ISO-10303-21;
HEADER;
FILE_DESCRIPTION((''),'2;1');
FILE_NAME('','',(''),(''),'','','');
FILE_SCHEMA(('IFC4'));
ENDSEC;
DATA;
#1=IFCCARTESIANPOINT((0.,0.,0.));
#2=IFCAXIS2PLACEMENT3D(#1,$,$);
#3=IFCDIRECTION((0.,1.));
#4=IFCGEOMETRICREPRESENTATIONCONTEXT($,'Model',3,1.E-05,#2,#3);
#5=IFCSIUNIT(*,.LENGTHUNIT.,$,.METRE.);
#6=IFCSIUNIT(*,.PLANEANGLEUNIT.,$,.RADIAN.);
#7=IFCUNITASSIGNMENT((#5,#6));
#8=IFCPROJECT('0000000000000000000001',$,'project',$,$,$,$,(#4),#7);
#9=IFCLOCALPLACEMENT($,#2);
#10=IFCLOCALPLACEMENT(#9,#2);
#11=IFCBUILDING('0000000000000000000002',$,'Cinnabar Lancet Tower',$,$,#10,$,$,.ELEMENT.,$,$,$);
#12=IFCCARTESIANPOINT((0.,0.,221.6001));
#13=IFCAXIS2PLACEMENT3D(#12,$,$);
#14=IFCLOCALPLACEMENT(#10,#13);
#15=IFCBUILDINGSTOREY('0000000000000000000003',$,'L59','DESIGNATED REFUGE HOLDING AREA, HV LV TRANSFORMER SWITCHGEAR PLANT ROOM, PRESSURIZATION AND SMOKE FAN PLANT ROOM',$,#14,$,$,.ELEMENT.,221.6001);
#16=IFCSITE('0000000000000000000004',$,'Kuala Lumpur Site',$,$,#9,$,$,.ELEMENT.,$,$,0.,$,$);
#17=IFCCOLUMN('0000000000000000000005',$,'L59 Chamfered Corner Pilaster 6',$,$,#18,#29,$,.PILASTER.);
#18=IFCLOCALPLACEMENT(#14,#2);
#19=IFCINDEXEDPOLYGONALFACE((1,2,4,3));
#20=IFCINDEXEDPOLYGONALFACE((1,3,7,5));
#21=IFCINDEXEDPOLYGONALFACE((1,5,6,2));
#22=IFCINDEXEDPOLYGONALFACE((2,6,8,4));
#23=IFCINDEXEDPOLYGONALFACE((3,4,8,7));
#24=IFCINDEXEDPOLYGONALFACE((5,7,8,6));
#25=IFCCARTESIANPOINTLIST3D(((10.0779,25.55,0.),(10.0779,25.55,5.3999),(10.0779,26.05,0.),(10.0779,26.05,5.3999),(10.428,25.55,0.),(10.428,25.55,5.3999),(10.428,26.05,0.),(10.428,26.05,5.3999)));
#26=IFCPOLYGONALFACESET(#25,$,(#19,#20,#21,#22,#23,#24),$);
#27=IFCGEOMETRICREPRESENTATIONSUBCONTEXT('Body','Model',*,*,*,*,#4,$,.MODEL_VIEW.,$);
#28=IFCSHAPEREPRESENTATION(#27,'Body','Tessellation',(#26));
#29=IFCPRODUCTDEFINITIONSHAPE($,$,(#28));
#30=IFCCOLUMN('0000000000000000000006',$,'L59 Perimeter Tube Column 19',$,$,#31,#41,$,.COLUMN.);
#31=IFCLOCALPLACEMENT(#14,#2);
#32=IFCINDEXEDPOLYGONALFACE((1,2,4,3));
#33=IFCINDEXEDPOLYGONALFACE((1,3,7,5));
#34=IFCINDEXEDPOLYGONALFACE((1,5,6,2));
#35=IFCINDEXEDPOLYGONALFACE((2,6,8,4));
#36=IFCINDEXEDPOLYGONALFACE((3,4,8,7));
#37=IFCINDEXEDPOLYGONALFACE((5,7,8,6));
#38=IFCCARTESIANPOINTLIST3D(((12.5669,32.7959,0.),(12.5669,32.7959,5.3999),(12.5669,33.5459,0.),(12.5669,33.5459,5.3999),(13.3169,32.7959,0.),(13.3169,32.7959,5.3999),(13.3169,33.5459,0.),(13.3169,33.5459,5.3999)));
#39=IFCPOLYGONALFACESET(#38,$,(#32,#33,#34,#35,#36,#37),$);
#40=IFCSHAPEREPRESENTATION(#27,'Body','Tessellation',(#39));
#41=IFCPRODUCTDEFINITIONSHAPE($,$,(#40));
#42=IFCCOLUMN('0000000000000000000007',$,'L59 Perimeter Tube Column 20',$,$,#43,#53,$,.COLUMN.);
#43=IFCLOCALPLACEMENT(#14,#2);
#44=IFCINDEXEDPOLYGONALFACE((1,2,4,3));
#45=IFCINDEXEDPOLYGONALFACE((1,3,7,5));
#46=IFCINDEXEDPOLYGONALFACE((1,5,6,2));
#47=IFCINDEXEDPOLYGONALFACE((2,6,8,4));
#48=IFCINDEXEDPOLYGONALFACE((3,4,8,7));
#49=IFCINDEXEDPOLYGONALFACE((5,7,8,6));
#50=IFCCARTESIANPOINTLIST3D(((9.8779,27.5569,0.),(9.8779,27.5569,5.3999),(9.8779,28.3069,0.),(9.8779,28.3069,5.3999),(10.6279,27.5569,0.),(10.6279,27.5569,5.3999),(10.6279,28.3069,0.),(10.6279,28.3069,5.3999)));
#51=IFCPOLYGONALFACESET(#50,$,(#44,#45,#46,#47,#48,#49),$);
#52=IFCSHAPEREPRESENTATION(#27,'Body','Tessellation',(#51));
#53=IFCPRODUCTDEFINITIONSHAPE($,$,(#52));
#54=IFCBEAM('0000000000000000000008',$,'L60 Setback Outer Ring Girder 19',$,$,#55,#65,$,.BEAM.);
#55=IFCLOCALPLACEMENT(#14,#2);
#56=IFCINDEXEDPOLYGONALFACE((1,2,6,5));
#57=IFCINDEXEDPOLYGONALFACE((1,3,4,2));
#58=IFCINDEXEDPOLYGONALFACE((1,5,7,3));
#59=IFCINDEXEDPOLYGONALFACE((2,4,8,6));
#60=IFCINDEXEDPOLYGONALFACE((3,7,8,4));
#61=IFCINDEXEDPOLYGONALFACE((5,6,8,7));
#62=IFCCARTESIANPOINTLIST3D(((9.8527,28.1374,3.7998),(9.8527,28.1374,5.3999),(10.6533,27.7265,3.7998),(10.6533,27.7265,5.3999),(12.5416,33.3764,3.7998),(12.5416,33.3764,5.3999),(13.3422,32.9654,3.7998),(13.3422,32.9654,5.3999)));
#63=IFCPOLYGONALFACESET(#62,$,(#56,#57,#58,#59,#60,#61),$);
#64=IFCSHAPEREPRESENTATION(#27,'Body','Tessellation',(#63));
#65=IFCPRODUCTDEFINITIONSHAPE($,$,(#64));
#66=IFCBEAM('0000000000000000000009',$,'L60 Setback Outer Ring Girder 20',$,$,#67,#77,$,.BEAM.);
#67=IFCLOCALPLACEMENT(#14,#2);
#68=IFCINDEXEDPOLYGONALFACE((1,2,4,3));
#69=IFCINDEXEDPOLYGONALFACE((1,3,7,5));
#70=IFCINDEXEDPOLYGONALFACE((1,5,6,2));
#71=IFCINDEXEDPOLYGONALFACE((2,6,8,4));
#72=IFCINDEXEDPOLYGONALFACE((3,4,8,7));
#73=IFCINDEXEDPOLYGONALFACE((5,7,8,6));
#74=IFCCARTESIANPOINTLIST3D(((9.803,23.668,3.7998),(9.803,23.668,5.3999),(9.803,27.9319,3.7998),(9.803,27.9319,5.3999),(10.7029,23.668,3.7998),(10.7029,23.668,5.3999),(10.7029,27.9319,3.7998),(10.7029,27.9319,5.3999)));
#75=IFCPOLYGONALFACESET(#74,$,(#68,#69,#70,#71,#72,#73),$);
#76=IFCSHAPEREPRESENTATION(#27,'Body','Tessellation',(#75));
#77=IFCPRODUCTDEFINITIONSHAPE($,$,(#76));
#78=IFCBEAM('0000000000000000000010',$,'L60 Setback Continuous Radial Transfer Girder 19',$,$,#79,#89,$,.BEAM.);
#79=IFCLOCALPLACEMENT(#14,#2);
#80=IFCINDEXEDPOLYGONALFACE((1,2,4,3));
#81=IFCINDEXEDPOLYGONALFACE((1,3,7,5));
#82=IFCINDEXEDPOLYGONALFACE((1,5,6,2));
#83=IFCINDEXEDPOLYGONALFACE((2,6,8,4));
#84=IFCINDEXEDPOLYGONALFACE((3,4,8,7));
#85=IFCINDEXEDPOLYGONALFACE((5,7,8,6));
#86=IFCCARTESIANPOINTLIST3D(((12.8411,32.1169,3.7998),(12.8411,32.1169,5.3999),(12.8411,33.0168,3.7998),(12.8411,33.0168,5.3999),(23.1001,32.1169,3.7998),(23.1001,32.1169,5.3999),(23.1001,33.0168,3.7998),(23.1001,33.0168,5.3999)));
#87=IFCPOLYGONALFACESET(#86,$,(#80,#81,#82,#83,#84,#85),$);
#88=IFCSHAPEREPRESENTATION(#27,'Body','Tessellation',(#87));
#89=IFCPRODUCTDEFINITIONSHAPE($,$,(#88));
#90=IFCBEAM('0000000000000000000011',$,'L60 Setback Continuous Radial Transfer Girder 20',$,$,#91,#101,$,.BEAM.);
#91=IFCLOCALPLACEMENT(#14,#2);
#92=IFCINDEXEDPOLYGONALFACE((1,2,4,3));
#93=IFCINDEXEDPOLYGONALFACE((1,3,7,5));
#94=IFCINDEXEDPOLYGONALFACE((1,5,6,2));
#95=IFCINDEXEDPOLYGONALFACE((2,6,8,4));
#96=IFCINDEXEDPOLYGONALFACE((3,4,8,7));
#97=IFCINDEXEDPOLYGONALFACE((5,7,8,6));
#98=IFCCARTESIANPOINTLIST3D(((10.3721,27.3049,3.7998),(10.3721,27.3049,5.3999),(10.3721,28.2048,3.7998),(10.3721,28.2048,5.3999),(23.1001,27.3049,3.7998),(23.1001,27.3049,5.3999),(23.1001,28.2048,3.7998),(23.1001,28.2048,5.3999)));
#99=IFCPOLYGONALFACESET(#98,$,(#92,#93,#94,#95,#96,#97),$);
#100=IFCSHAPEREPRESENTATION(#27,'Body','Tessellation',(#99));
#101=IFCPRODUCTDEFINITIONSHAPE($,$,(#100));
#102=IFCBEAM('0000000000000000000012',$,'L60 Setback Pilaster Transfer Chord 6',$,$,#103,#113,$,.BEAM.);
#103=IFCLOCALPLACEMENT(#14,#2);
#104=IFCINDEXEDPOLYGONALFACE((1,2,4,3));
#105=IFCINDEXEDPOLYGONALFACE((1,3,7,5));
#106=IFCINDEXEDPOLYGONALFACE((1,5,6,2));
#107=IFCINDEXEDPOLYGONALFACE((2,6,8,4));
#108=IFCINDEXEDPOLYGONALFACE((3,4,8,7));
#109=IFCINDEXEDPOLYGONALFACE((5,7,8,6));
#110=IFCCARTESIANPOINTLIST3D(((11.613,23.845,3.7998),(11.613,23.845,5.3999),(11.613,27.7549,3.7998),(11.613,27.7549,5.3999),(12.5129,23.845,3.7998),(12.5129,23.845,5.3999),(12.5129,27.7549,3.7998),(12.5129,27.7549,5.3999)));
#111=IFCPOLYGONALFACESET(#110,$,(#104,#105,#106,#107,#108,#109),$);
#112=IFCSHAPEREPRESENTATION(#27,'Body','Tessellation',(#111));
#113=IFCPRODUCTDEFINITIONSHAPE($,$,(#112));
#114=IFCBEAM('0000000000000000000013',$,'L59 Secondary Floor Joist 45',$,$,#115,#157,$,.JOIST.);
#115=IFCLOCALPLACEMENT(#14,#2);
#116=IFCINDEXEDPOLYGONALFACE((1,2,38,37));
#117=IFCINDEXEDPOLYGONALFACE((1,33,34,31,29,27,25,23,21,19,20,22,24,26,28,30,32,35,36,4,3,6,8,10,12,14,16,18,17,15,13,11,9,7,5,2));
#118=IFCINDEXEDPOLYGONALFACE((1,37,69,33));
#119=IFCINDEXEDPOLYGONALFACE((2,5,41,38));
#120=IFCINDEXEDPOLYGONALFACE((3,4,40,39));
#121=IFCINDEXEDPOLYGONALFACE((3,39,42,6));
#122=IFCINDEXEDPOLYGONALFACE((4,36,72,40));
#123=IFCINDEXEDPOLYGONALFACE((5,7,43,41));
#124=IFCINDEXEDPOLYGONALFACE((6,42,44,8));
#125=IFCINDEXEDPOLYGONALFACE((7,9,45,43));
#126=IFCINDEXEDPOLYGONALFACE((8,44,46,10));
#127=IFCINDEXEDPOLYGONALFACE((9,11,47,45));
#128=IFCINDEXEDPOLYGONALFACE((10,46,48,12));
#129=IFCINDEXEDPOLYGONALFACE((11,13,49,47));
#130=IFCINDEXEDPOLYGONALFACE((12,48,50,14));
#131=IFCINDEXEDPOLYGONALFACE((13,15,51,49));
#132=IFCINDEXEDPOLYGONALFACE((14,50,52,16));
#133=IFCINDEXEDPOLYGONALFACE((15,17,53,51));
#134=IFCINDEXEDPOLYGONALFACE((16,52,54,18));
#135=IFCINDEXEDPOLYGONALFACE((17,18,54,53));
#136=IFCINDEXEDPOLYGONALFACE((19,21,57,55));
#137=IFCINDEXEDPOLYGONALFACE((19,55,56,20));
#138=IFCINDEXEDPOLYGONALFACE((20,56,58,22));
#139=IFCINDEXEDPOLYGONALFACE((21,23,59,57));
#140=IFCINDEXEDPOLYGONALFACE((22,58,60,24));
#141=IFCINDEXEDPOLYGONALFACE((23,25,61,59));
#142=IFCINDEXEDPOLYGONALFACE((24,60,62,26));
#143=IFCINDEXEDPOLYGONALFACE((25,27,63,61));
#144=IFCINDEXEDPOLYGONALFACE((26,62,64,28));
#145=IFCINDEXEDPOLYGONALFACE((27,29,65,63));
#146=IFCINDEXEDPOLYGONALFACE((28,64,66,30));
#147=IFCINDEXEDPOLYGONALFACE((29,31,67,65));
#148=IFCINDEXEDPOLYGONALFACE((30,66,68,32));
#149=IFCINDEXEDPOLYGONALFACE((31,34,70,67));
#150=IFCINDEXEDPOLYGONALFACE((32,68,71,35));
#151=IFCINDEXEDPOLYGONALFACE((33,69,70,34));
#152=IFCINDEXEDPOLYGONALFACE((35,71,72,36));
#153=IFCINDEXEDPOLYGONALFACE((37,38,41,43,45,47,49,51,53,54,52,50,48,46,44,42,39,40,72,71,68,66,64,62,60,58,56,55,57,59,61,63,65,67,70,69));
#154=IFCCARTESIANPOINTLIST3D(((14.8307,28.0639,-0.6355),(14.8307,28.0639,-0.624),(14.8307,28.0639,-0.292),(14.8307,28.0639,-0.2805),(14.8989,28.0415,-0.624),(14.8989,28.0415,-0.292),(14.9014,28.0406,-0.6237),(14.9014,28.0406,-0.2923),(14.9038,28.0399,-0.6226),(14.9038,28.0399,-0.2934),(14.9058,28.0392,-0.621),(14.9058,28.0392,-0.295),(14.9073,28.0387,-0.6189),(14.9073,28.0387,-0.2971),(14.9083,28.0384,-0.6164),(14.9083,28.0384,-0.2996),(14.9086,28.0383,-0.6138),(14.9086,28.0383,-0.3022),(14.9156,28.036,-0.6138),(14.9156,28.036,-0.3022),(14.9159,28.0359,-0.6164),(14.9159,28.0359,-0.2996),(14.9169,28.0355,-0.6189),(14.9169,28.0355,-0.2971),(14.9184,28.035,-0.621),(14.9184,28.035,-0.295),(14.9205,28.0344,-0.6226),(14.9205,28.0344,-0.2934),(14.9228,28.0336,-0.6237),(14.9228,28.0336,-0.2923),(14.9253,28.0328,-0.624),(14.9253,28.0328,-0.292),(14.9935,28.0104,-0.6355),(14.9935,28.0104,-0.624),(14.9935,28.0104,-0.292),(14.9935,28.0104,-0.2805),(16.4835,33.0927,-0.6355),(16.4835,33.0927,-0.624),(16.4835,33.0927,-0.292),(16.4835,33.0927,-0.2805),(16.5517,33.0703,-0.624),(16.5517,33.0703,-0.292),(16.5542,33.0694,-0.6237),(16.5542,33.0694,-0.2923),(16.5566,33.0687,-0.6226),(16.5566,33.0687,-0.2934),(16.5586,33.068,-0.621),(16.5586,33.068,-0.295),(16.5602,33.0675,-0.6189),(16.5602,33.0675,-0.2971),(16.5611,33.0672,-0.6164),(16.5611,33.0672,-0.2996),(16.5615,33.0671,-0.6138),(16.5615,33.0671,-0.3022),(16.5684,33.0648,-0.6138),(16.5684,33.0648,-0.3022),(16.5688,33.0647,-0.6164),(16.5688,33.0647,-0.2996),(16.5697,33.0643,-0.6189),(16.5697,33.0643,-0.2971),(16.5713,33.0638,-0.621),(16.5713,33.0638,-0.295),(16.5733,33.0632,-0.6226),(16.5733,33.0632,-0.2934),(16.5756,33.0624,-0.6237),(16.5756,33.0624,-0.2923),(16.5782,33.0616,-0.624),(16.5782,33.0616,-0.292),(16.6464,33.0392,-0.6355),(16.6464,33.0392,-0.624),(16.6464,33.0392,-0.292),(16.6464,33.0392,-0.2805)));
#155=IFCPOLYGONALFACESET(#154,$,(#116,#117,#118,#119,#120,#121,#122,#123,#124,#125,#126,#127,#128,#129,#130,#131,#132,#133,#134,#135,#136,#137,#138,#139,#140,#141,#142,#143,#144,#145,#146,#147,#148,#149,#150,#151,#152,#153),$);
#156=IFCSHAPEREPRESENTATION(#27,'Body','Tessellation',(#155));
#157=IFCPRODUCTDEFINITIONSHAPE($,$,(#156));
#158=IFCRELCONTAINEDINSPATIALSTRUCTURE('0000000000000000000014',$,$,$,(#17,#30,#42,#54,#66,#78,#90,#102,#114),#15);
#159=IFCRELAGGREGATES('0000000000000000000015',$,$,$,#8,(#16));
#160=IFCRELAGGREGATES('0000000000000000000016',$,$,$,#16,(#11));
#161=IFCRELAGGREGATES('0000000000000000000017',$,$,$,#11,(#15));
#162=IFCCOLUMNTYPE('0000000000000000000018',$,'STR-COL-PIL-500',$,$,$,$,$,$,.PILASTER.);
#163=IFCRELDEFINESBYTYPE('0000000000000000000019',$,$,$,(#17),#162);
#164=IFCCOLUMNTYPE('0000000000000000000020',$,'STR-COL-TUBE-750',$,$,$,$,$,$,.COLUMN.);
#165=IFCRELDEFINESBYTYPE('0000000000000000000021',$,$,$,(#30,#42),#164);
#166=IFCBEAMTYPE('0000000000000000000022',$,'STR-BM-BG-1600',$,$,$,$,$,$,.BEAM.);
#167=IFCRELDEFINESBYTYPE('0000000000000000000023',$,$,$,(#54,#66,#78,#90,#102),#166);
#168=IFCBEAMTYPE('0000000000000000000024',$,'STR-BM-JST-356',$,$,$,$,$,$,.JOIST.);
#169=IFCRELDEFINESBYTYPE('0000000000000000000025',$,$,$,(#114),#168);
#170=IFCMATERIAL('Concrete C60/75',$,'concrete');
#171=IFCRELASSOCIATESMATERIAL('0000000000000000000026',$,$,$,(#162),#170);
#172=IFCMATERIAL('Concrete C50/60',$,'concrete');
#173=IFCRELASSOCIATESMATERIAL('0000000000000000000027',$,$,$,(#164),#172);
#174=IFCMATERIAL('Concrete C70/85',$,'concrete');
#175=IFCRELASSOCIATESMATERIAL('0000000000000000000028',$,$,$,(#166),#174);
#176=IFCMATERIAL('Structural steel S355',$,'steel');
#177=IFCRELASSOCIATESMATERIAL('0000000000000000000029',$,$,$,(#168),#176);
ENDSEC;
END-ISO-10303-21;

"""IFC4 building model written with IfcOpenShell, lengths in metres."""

from ifc_helpers import new_model, si_unit, direction, frame, origin, origin_2d, place, context, subcontext, project, spatial, rectangle, i_section, extrude, material, material_profile, profile_set, type_object, element, save


model = new_model("IFC4")

# Units and contexts
model_context = context("Model", 3, precision=1e-05, world=origin(), true_north=direction((0.0, 1.0)))
body_context = subcontext(model_context, "Body", "Model", "MODEL_VIEW")
ifc_project = project(units=[si_unit("LENGTHUNIT", "METRE"), si_unit("PLANEANGLEUNIT", "RADIAN")], contexts=[model_context])

# Site, building, storey
site_placement = place(None, origin())
site = spatial("IfcSite", under=ifc_project, at=site_placement, Name="Kuala Lumpur Site", CompositionType="ELEMENT", RefElevation=0.0)
building_placement = place(site_placement, origin())
building = spatial("IfcBuilding", under=site, at=building_placement, Name="Cinnabar Lancet Tower", CompositionType="ELEMENT")
storey_placement = place(building_placement, frame((0.0, 0.0, 221.6001)))
storey = spatial("IfcBuildingStorey", under=building, at=storey_placement, Name="L59", Description="DESIGNATED REFUGE HOLDING AREA, HV LV TRANSFORMER SWITCHGEAR PLANT ROOM, PRESSURIZATION AND SMOKE FAN PLANT ROOM", CompositionType="ELEMENT", Elevation=221.6001)

# Columns
ifc_material_1 = material(Name="Concrete C60/75", Category="concrete")
ifc_material_profile_1 = material_profile(ifc_material_1, rectangle(XDim=0.5, YDim=0.3501, at=origin_2d()), Name="RC-PIL 500x350")
ifc_profile_set_1 = profile_set([ifc_material_profile_1], Name="Concrete C60/75")
column_type_1 = type_object("IfcColumnType", Name="STR-COL-PIL-500", PredefinedType="PILASTER", material=ifc_profile_set_1)
column_placement = place(storey_placement, frame((10.2529, 25.8, 0.0), z_axis=(0.0, 0.0, 1.0), x_axis=(0.0, -1.0, 0.0)))
element("IfcColumn", 1, at=column_placement, inside=storey, type_object=column_type_1, Name="L59 Chamfered Corner Pilaster 6", PredefinedType="PILASTER", context=body_context, shape_type="SweptSolid", body=[
    extrude(rectangle(XDim=0.5, YDim=0.3501, at=origin_2d()), origin(), (0.0, 0.0, 1.0), 5.3999),
])
ifc_material_2 = material(Name="Concrete C50/60", Category="concrete")
ifc_material_profile_2 = material_profile(ifc_material_2, rectangle(XDim=0.75, YDim=0.75, at=origin_2d()), Name="RC-COL 750x750")
ifc_profile_set_2 = profile_set([ifc_material_profile_2], Name="Concrete C50/60")
column_type_2 = type_object("IfcColumnType", Name="STR-COL-TUBE-750", PredefinedType="COLUMN", material=ifc_profile_set_2)
for number, where, z_axis, x_axis, name in (
    (2, (12.9419, 33.1709, 0.0), (0.0, 0.0, 1.0), (1.0, 0.0, 0.0), "L59 Perimeter Tube Column 19"),
    (3, (10.2529, 27.9319, 0.0), (0.0, 0.0, 1.0), (1.0, 0.0, 0.0), "L59 Perimeter Tube Column 20"),
):
    element("IfcColumn", number, at=place(storey_placement, frame(where, z_axis=z_axis, x_axis=x_axis)), inside=storey, type_object=column_type_2, Name=name, PredefinedType="COLUMN", context=body_context, shape_type="SweptSolid", body=[
        extrude(rectangle(XDim=0.75, YDim=0.75, at=origin_2d()), origin(), (0.0, 0.0, 1.0), 5.3999),
    ])

# Beams
ifc_material_3 = material(Name="Concrete C70/85", Category="concrete")
ifc_material_profile_3 = material_profile(ifc_material_3, rectangle(XDim=0.8999, YDim=1.6001, at=origin_2d()), Name="RC-BG 900x1600")
ifc_profile_set_3 = profile_set([ifc_material_profile_3], Name="Concrete C70/85")
beam_type_1 = type_object("IfcBeamType", Name="STR-BM-BG-1600", PredefinedType="BEAM", material=ifc_profile_set_3)
beam_1_placement = place(storey_placement, frame((12.9419, 33.1709, 4.5999), z_axis=(-0.456625, -0.889659, 0.0), x_axis=(0.889659, -0.456625, 0.0)))
element("IfcBeam", 4, at=beam_1_placement, inside=storey, type_object=beam_type_1, Name="L60 Setback Outer Ring Girder 19", PredefinedType="BEAM", context=body_context, shape_type="SweptSolid", body=[
    extrude(rectangle(XDim=0.8999, YDim=1.6001, at=origin_2d()), origin(), (0.0, 0.0, 1.0), 5.8887),
])
beam_2_placement = place(storey_placement, frame((10.2529, 27.9319, 4.5999), z_axis=(0.0, -1.0, 0.0), x_axis=(1.0, 0.0, 0.0)))
element("IfcBeam", 5, at=beam_2_placement, inside=storey, type_object=beam_type_1, Name="L60 Setback Outer Ring Girder 20", PredefinedType="BEAM", context=body_context, shape_type="SweptSolid", body=[
    extrude(rectangle(XDim=0.8999, YDim=1.6001, at=origin_2d()), origin(), (0.0, 0.0, 1.0), 4.2639),
])
beam_3_placement = place(storey_placement, frame((12.8411, 32.5669, 4.5999), z_axis=(1.0, 0.0, 0.0), x_axis=(0.0, 1.0, 0.0)))
element("IfcBeam", 6, at=beam_3_placement, inside=storey, type_object=beam_type_1, Name="L60 Setback Continuous Radial Transfer Girder 19", PredefinedType="BEAM", context=body_context, shape_type="SweptSolid", body=[
    extrude(rectangle(XDim=0.8999, YDim=1.6001, at=origin_2d()), origin(), (0.0, 0.0, 1.0), 10.259),
])
beam_4_placement = place(storey_placement, frame((10.3721, 27.7549, 4.5999), z_axis=(1.0, 0.0, 0.0), x_axis=(0.0, 1.0, 0.0)))
element("IfcBeam", 7, at=beam_4_placement, inside=storey, type_object=beam_type_1, Name="L60 Setback Continuous Radial Transfer Girder 20", PredefinedType="BEAM", context=body_context, shape_type="SweptSolid", body=[
    extrude(rectangle(XDim=0.8999, YDim=1.6001, at=origin_2d()), origin(), (0.0, 0.0, 1.0), 12.728),
])
beam_5_placement = place(storey_placement, frame((12.063, 27.7549, 4.5999), z_axis=(0.0, -1.0, 0.0), x_axis=(1.0, 0.0, 0.0)))
element("IfcBeam", 8, at=beam_5_placement, inside=storey, type_object=beam_type_1, Name="L60 Setback Pilaster Transfer Chord 6", PredefinedType="BEAM", context=body_context, shape_type="SweptSolid", body=[
    extrude(rectangle(XDim=0.8999, YDim=1.6001, at=origin_2d()), origin(), (0.0, 0.0, 1.0), 3.9099),
])
ifc_material_4 = material(Name="Structural steel S355", Category="steel")
ifc_material_profile_4 = material_profile(ifc_material_4, i_section(OverallWidth=0.1714, OverallDepth=0.355, WebThickness=0.0073, FlangeThickness=0.0115, FilletRadius=0.0103, at=origin_2d()), Name="UKB 356x171x51")
ifc_profile_set_4 = profile_set([ifc_material_profile_4], Name="Structural steel S355")
beam_type_2 = type_object("IfcBeamType", Name="STR-BM-JST-356", PredefinedType="JOIST", material=ifc_profile_set_4)
beam_6_placement = place(storey_placement, frame((16.5649, 33.0659, -0.458), z_axis=(-0.31224, -0.950003, 0.0), x_axis=(0.950003, -0.31224, 0.0)))
element("IfcBeam", 9, at=beam_6_placement, inside=storey, type_object=beam_type_2, Name="L59 Secondary Floor Joist 45", PredefinedType="JOIST", context=body_context, shape_type="SweptSolid", body=[
    extrude(i_section(OverallWidth=0.1714, OverallDepth=0.355, WebThickness=0.0073, FlangeThickness=0.0115, FilletRadius=0.0103, at=origin_2d()), origin(), (0.0, 0.0, 1.0), 5.2935),
])

save(model, "model.ifc")
